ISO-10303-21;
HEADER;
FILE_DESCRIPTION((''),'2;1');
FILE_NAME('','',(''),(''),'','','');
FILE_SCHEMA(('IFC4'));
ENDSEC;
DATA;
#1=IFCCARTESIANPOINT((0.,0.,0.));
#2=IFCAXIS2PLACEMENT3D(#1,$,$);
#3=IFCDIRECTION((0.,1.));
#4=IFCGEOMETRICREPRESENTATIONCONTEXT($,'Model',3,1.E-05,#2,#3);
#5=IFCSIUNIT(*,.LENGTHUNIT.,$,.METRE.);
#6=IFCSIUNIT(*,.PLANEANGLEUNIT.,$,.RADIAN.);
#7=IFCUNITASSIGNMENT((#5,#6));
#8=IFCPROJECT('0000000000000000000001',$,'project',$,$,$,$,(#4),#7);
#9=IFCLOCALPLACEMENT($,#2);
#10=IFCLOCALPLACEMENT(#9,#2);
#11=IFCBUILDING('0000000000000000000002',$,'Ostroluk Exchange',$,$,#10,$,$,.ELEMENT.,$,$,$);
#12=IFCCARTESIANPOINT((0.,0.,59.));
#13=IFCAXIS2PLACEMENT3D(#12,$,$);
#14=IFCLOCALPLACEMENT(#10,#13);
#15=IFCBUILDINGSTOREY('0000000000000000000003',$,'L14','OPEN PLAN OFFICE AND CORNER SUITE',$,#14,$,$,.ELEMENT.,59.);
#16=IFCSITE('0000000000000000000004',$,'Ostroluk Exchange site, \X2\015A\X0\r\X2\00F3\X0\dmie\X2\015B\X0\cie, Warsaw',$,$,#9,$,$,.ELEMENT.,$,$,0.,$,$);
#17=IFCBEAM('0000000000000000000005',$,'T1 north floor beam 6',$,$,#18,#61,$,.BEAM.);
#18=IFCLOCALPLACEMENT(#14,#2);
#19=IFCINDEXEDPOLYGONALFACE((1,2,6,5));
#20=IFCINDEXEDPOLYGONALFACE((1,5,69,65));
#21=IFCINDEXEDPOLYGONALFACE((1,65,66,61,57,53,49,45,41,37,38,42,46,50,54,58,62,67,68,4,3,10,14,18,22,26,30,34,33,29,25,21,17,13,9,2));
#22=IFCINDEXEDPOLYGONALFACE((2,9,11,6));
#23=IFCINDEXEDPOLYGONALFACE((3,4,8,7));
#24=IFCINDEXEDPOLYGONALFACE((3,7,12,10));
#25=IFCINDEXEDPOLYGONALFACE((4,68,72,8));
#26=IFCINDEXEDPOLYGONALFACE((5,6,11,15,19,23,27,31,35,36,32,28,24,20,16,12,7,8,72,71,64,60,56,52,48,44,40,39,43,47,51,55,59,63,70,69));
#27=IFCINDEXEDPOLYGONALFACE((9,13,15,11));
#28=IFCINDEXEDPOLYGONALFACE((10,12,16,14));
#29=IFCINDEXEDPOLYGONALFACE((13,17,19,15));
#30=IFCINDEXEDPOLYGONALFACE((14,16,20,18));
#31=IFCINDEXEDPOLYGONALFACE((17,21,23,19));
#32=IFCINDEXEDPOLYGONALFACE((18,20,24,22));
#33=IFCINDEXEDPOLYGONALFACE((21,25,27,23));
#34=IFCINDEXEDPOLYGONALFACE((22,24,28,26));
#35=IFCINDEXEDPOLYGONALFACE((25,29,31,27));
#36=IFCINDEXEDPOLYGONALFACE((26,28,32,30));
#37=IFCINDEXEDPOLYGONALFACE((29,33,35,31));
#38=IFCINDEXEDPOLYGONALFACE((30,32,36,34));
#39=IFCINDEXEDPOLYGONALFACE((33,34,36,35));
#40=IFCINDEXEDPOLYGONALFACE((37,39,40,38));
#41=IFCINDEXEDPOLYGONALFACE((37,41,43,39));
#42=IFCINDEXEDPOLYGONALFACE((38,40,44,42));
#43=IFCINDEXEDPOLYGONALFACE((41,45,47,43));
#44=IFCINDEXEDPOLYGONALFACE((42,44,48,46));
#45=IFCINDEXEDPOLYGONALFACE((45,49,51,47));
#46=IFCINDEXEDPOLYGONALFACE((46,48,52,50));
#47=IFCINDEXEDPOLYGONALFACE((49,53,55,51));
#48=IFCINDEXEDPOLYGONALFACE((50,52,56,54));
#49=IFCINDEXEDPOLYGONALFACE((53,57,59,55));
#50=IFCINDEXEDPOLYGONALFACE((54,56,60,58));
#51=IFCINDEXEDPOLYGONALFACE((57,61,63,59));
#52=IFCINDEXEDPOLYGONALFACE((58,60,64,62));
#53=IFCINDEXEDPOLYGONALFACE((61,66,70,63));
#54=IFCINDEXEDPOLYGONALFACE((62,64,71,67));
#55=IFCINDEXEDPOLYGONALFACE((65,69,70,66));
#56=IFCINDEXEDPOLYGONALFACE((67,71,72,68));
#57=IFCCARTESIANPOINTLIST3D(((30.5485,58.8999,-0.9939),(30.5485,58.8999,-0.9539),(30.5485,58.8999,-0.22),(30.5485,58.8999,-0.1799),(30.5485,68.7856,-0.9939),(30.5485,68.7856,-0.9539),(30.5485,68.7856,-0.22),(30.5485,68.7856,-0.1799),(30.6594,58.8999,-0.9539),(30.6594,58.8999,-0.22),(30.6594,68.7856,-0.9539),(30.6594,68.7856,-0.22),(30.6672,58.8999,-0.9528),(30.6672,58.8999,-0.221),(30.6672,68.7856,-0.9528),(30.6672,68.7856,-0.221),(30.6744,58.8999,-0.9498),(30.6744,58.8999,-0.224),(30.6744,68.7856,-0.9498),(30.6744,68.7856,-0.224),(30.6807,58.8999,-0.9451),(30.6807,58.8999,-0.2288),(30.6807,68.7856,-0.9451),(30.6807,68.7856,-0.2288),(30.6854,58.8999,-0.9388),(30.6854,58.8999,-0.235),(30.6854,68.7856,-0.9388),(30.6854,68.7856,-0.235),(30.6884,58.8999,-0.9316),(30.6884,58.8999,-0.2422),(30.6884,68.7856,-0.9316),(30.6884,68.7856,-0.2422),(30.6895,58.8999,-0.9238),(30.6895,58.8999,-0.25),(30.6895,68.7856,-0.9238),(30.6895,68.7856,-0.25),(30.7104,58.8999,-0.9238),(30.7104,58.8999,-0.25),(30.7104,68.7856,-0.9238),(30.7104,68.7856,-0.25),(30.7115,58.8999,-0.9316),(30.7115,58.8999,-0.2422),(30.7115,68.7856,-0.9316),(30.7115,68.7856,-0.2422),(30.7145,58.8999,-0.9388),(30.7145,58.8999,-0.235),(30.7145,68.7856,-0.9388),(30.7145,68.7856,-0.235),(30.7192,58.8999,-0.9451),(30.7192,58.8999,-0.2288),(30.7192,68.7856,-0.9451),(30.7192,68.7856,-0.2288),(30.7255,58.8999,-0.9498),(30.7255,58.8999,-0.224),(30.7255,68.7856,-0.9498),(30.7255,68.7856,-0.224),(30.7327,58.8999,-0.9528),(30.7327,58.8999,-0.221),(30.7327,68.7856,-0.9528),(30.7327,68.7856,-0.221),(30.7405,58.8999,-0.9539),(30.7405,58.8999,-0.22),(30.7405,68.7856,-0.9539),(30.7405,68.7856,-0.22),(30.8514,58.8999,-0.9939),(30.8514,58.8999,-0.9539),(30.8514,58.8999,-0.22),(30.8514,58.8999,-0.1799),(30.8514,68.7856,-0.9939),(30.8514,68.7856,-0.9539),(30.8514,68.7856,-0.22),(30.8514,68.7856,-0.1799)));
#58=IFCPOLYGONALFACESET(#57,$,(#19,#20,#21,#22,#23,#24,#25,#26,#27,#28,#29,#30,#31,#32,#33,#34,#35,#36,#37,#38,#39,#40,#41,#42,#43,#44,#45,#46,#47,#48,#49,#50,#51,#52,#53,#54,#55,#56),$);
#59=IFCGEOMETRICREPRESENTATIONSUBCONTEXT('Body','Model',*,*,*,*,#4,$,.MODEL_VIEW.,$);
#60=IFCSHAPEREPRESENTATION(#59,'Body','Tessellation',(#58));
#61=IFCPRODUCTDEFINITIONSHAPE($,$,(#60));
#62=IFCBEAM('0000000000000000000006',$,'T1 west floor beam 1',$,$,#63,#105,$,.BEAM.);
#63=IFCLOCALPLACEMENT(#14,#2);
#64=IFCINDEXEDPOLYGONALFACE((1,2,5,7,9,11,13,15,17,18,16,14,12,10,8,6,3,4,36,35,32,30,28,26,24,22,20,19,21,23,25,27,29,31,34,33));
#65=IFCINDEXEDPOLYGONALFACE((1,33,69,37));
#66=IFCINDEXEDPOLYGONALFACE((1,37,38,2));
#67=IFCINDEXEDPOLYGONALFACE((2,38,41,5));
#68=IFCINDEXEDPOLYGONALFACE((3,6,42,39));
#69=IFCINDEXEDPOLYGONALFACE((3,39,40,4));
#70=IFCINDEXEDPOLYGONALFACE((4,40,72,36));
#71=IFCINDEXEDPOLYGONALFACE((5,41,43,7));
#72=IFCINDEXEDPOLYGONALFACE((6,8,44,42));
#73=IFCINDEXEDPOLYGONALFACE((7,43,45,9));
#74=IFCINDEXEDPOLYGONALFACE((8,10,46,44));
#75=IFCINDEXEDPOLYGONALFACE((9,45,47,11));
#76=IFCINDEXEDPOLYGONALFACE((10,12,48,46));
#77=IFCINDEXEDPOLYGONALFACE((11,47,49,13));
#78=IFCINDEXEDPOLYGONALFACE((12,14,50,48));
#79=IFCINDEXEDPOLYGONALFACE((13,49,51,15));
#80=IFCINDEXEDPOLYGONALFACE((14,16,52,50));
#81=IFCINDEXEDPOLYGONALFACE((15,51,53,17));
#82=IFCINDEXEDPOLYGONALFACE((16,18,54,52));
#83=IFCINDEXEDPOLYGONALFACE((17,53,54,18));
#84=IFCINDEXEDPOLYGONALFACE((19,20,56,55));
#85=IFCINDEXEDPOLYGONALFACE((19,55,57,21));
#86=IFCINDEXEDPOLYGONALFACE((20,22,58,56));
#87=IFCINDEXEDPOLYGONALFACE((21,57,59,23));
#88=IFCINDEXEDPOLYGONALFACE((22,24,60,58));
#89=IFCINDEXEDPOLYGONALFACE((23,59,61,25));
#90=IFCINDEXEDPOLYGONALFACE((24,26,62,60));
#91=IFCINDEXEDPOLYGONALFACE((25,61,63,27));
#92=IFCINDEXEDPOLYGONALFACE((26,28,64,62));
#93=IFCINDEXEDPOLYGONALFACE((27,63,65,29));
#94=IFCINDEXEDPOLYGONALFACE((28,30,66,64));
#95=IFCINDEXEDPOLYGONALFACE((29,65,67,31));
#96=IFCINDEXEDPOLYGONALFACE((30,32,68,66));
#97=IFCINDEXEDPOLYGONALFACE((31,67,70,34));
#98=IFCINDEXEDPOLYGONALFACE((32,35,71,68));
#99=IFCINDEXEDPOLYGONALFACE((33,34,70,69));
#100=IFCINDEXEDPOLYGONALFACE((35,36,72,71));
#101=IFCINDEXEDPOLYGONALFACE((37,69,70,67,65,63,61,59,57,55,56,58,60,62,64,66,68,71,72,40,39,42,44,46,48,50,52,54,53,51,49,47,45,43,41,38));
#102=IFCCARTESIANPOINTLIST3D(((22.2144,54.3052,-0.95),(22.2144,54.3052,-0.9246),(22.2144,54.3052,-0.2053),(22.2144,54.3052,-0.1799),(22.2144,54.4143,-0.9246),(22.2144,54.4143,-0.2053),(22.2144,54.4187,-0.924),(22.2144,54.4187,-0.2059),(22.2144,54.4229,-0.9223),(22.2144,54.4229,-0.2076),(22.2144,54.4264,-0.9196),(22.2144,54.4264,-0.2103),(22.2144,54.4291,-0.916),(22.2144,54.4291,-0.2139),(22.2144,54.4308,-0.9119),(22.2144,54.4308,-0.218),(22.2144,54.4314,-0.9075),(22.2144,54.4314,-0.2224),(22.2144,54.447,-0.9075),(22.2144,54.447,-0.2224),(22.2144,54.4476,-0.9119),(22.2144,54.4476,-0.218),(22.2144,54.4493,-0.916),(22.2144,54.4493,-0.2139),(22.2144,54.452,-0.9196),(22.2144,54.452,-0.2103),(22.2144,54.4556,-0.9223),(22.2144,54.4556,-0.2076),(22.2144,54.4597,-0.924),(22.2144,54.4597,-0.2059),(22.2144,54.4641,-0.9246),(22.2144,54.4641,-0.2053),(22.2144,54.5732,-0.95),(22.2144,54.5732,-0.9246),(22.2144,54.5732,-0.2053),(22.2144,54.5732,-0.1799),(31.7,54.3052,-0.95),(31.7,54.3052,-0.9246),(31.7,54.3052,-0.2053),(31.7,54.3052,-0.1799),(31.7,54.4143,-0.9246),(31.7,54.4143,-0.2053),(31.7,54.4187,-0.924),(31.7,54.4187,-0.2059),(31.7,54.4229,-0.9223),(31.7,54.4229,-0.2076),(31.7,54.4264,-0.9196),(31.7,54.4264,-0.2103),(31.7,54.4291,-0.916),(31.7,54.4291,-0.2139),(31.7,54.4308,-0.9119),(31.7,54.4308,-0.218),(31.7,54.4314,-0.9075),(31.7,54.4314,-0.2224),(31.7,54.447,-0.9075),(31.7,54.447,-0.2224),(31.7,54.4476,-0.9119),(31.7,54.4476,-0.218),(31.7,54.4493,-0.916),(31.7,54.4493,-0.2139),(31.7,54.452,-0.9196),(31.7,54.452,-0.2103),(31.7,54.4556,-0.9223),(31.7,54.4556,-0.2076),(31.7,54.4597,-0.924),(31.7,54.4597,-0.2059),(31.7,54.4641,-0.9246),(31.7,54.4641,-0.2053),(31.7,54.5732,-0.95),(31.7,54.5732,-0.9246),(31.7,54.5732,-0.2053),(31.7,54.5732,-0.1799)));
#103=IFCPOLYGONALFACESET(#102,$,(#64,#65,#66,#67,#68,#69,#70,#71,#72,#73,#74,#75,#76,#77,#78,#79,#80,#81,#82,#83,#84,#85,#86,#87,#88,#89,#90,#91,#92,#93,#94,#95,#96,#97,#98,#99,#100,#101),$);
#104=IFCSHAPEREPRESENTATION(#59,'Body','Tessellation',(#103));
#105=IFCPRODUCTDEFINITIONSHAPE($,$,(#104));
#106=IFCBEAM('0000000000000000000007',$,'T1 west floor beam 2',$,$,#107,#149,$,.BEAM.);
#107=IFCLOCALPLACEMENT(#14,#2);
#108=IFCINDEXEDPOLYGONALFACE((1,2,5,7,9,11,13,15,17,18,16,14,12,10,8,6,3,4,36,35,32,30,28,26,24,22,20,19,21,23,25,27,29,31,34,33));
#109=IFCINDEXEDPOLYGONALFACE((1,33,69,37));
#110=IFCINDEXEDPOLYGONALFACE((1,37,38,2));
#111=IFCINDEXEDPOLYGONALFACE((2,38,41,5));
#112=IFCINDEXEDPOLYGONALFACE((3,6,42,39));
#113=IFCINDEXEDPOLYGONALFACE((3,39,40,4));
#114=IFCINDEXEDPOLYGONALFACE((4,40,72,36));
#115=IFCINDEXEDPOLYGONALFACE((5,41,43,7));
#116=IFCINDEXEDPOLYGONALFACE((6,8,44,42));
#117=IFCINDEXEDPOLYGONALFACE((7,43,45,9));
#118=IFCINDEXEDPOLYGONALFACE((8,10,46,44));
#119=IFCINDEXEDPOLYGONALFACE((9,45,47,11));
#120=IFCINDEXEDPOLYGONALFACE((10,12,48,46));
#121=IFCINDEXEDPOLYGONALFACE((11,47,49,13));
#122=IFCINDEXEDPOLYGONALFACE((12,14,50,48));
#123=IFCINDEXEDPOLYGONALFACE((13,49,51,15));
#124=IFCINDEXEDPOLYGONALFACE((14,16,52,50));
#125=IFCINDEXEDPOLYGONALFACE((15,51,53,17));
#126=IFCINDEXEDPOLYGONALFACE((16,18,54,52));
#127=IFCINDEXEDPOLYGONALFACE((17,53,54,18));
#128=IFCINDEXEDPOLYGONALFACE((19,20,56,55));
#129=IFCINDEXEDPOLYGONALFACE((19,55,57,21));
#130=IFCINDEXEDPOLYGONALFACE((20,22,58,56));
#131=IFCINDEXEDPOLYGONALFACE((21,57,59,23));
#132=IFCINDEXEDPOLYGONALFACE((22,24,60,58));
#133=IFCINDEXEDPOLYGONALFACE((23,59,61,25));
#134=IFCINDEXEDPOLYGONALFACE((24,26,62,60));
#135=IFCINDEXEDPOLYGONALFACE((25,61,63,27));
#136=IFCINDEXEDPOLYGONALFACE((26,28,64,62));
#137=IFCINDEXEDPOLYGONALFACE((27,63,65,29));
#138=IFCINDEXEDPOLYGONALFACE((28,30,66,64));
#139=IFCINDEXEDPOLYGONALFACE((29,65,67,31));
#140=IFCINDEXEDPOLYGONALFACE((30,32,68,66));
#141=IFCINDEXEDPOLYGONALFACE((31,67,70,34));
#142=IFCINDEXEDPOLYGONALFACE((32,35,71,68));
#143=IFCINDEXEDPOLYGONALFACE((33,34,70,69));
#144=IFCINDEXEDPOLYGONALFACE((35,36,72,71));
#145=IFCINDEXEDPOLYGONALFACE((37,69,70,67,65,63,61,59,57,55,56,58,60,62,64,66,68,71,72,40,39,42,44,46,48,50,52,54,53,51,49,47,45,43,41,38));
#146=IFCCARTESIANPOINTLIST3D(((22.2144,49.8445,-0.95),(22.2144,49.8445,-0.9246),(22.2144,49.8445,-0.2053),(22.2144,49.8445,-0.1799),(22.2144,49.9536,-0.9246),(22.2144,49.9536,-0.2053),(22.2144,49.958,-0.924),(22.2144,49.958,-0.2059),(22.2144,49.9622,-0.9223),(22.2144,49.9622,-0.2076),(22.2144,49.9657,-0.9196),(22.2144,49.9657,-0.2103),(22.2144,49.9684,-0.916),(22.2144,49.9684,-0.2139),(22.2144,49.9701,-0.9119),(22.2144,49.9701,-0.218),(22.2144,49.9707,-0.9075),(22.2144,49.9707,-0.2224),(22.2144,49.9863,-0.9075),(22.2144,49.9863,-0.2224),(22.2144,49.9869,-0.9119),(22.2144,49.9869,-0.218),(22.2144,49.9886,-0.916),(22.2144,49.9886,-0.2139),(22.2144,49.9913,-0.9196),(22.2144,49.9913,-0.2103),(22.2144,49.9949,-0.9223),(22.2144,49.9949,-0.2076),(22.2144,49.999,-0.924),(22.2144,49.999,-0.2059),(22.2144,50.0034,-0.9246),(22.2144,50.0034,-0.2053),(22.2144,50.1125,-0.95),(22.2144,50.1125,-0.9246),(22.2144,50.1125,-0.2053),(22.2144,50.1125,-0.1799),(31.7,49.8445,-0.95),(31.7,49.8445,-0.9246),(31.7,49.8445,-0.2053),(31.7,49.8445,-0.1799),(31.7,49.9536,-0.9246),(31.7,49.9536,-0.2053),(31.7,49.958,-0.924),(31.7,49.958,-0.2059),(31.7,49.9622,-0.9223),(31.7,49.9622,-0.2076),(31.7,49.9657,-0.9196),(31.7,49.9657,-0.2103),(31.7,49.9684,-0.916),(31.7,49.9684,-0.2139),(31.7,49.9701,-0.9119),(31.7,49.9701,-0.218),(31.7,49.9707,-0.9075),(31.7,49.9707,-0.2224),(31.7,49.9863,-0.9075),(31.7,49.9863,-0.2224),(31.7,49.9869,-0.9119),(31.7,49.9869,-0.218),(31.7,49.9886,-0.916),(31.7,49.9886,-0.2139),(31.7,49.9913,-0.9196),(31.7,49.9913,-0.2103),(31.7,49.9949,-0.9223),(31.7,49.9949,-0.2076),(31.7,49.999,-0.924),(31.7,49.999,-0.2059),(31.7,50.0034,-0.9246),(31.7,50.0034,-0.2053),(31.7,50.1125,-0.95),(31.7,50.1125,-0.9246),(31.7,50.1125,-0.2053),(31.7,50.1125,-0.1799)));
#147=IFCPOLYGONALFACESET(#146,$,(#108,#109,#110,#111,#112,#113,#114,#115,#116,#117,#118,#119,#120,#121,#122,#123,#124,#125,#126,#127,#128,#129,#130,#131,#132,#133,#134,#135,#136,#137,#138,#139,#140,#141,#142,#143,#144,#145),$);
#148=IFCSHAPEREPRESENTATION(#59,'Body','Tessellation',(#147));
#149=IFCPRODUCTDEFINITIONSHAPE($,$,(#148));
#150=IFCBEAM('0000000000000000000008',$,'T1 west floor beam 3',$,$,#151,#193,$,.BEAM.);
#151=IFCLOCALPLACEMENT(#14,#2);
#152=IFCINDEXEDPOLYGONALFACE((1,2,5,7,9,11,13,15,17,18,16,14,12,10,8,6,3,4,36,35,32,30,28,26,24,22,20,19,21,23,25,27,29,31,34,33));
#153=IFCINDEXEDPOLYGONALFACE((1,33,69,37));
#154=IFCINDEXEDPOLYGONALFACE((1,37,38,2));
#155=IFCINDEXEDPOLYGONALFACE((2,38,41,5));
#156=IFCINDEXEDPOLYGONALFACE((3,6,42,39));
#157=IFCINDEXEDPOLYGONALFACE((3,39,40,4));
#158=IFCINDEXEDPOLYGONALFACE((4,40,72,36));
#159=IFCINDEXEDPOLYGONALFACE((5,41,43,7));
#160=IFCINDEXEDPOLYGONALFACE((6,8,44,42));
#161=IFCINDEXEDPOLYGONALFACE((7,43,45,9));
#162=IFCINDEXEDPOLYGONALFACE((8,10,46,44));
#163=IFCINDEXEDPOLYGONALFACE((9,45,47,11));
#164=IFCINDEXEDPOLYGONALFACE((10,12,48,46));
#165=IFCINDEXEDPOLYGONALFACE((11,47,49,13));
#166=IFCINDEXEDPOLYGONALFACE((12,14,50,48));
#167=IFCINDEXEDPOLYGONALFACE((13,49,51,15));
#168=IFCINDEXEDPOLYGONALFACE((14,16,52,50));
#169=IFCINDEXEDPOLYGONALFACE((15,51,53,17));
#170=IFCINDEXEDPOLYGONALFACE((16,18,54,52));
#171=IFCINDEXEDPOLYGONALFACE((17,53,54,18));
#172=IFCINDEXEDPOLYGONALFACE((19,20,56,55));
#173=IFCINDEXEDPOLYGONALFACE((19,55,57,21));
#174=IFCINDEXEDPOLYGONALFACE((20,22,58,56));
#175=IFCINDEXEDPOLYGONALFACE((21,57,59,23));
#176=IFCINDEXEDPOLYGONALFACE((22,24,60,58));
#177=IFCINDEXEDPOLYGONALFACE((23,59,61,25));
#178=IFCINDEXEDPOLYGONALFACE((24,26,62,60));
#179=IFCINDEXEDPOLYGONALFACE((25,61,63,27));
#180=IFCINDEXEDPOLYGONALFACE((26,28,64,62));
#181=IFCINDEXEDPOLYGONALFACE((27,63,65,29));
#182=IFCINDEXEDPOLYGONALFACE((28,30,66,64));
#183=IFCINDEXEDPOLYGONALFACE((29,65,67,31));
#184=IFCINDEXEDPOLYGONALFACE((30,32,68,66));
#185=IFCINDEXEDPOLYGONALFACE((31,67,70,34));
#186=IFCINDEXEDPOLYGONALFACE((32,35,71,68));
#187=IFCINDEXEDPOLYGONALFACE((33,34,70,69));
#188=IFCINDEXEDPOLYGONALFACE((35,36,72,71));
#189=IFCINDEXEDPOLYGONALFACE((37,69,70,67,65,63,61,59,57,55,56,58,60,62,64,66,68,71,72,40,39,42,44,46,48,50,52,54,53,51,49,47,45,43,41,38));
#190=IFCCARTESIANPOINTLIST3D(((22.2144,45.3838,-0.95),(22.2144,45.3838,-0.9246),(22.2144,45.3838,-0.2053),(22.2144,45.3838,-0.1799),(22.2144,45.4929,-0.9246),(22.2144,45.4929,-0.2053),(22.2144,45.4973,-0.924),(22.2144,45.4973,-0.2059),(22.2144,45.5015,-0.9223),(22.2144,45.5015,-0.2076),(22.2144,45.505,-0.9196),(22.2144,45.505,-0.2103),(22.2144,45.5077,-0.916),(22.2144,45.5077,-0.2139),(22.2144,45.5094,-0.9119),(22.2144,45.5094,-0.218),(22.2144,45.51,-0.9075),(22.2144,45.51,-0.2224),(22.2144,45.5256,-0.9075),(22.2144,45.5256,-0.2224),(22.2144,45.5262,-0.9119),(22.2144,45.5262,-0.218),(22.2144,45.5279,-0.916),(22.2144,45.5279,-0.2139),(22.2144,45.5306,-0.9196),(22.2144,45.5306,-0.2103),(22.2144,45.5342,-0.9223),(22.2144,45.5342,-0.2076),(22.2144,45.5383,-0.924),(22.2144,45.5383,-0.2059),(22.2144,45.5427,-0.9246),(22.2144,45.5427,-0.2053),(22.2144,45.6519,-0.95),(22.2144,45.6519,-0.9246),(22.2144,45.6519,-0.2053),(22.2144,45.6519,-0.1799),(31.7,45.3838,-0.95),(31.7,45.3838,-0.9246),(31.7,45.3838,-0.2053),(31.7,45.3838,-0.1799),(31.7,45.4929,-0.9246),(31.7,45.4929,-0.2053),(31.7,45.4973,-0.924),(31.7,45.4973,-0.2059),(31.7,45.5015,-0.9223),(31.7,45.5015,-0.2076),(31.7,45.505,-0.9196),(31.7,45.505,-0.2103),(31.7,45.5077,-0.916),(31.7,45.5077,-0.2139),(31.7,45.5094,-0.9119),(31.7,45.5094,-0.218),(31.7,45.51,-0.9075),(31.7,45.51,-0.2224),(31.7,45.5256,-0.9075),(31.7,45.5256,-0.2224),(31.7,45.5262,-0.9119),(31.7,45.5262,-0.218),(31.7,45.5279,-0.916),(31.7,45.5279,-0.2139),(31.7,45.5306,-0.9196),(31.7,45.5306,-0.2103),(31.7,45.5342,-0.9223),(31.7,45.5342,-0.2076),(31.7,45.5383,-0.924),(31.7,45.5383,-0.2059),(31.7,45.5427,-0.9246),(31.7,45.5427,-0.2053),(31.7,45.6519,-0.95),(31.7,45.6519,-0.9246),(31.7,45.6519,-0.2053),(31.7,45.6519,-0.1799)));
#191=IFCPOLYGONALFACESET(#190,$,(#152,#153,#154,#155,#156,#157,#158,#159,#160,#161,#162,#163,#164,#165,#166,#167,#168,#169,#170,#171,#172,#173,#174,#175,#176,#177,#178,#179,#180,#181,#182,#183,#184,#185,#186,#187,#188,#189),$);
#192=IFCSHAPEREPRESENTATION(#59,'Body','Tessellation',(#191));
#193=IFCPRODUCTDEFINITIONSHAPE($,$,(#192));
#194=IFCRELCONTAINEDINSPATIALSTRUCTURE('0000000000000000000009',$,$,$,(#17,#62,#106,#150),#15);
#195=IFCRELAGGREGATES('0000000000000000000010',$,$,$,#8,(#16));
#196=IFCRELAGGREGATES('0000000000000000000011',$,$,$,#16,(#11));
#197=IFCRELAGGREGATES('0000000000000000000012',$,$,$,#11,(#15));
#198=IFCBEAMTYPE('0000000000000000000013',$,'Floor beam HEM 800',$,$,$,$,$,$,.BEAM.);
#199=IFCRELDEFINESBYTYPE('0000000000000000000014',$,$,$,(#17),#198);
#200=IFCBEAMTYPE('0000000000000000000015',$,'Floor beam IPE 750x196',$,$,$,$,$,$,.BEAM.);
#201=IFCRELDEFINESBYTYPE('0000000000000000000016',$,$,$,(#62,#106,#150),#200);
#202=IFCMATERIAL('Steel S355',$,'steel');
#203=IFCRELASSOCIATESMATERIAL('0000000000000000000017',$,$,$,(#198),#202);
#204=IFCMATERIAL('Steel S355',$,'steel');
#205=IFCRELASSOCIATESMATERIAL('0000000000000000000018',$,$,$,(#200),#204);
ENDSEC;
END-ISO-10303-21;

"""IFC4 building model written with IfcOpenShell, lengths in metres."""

from ifc_helpers import new_model, si_unit, direction, frame, origin, origin_2d, place, context, subcontext, project, spatial, i_section, extrude, material, material_profile, profile_set, type_object, element, save


model = new_model("IFC4")

# Units and contexts
model_context = context("Model", 3, precision=1e-05, world=origin(), true_north=direction((0.0, 1.0)))
body_context = subcontext(model_context, "Body", "Model", "MODEL_VIEW")
ifc_project = project(units=[si_unit("LENGTHUNIT", "METRE"), si_unit("PLANEANGLEUNIT", "RADIAN")], contexts=[model_context])

# Site, building, storey
site_placement = place(None, origin())
site = spatial("IfcSite", under=ifc_project, at=site_placement, Name="Ostroluk Exchange site, Śródmieście, Warsaw", CompositionType="ELEMENT", RefElevation=0.0)
building_placement = place(site_placement, origin())
building = spatial("IfcBuilding", under=site, at=building_placement, Name="Ostroluk Exchange", CompositionType="ELEMENT")
storey_placement = place(building_placement, frame((0.0, 0.0, 59.0)))
storey = spatial("IfcBuildingStorey", under=building, at=storey_placement, Name="L14", Description="OPEN PLAN OFFICE AND CORNER SUITE", CompositionType="ELEMENT", Elevation=59.0)

# Beams
ifc_material_1 = material(Name="Steel S355", Category="steel")
ifc_material_profile_1 = material_profile(ifc_material_1, i_section(OverallWidth=0.303, OverallDepth=0.814, WebThickness=0.021, FlangeThickness=0.04, FilletRadius=0.03, at=origin_2d()), Name="HEM 800")
ifc_profile_set_1 = profile_set([ifc_material_profile_1], Name="Steel S355")
beam_type_1 = type_object("IfcBeamType", Name="Floor beam HEM 800", PredefinedType="BEAM", material=ifc_profile_set_1)
beam_1_placement = place(storey_placement, frame((30.7, 58.8999, -0.5869), z_axis=(0.0, 1.0, 0.0), x_axis=(-1.0, 0.0, 0.0)))
element("IfcBeam", 1, at=beam_1_placement, inside=storey, type_object=beam_type_1, Name="T1 north floor beam 6", PredefinedType="BEAM", context=body_context, shape_type="SweptSolid", body=[
    extrude(i_section(OverallWidth=0.303, OverallDepth=0.814, WebThickness=0.021, FlangeThickness=0.04, FilletRadius=0.03, at=origin_2d()), origin(), (0.0, 0.0, 1.0), 9.8857),
])
ifc_material_2 = material(Name="Steel S355", Category="steel")
ifc_material_profile_2 = material_profile(ifc_material_2, i_section(OverallWidth=0.2681, OverallDepth=0.77, WebThickness=0.0156, FlangeThickness=0.0254, FilletRadius=0.0171, at=origin_2d()), Name="IPE 750x196")
ifc_profile_set_2 = profile_set([ifc_material_profile_2], Name="Steel S355")
beam_type_2 = type_object("IfcBeamType", Name="Floor beam IPE 750x196", PredefinedType="BEAM", material=ifc_profile_set_2)
for number, where, z_axis, x_axis, name in (
    (2, (31.7, 54.4392, -0.5649), (-1.0, 0.0, 0.0), (0.0, -1.0, 0.0), "T1 west floor beam 1"),
    (3, (31.7, 49.9785, -0.5649), (-1.0, 0.0, 0.0), (0.0, -1.0, 0.0), "T1 west floor beam 2"),
    (4, (31.7, 45.5178, -0.5649), (-1.0, 0.0, 0.0), (0.0, -1.0, 0.0), "T1 west floor beam 3"),
):
    element("IfcBeam", number, at=place(storey_placement, frame(where, z_axis=z_axis, x_axis=x_axis)), inside=storey, type_object=beam_type_2, Name=name, PredefinedType="BEAM", context=body_context, shape_type="SweptSolid", body=[
        extrude(i_section(OverallWidth=0.2681, OverallDepth=0.77, WebThickness=0.0156, FlangeThickness=0.0254, FilletRadius=0.0171, at=origin_2d()), origin(), (0.0, 0.0, 1.0), 9.4856),
    ])

save(model, "model.ifc")
